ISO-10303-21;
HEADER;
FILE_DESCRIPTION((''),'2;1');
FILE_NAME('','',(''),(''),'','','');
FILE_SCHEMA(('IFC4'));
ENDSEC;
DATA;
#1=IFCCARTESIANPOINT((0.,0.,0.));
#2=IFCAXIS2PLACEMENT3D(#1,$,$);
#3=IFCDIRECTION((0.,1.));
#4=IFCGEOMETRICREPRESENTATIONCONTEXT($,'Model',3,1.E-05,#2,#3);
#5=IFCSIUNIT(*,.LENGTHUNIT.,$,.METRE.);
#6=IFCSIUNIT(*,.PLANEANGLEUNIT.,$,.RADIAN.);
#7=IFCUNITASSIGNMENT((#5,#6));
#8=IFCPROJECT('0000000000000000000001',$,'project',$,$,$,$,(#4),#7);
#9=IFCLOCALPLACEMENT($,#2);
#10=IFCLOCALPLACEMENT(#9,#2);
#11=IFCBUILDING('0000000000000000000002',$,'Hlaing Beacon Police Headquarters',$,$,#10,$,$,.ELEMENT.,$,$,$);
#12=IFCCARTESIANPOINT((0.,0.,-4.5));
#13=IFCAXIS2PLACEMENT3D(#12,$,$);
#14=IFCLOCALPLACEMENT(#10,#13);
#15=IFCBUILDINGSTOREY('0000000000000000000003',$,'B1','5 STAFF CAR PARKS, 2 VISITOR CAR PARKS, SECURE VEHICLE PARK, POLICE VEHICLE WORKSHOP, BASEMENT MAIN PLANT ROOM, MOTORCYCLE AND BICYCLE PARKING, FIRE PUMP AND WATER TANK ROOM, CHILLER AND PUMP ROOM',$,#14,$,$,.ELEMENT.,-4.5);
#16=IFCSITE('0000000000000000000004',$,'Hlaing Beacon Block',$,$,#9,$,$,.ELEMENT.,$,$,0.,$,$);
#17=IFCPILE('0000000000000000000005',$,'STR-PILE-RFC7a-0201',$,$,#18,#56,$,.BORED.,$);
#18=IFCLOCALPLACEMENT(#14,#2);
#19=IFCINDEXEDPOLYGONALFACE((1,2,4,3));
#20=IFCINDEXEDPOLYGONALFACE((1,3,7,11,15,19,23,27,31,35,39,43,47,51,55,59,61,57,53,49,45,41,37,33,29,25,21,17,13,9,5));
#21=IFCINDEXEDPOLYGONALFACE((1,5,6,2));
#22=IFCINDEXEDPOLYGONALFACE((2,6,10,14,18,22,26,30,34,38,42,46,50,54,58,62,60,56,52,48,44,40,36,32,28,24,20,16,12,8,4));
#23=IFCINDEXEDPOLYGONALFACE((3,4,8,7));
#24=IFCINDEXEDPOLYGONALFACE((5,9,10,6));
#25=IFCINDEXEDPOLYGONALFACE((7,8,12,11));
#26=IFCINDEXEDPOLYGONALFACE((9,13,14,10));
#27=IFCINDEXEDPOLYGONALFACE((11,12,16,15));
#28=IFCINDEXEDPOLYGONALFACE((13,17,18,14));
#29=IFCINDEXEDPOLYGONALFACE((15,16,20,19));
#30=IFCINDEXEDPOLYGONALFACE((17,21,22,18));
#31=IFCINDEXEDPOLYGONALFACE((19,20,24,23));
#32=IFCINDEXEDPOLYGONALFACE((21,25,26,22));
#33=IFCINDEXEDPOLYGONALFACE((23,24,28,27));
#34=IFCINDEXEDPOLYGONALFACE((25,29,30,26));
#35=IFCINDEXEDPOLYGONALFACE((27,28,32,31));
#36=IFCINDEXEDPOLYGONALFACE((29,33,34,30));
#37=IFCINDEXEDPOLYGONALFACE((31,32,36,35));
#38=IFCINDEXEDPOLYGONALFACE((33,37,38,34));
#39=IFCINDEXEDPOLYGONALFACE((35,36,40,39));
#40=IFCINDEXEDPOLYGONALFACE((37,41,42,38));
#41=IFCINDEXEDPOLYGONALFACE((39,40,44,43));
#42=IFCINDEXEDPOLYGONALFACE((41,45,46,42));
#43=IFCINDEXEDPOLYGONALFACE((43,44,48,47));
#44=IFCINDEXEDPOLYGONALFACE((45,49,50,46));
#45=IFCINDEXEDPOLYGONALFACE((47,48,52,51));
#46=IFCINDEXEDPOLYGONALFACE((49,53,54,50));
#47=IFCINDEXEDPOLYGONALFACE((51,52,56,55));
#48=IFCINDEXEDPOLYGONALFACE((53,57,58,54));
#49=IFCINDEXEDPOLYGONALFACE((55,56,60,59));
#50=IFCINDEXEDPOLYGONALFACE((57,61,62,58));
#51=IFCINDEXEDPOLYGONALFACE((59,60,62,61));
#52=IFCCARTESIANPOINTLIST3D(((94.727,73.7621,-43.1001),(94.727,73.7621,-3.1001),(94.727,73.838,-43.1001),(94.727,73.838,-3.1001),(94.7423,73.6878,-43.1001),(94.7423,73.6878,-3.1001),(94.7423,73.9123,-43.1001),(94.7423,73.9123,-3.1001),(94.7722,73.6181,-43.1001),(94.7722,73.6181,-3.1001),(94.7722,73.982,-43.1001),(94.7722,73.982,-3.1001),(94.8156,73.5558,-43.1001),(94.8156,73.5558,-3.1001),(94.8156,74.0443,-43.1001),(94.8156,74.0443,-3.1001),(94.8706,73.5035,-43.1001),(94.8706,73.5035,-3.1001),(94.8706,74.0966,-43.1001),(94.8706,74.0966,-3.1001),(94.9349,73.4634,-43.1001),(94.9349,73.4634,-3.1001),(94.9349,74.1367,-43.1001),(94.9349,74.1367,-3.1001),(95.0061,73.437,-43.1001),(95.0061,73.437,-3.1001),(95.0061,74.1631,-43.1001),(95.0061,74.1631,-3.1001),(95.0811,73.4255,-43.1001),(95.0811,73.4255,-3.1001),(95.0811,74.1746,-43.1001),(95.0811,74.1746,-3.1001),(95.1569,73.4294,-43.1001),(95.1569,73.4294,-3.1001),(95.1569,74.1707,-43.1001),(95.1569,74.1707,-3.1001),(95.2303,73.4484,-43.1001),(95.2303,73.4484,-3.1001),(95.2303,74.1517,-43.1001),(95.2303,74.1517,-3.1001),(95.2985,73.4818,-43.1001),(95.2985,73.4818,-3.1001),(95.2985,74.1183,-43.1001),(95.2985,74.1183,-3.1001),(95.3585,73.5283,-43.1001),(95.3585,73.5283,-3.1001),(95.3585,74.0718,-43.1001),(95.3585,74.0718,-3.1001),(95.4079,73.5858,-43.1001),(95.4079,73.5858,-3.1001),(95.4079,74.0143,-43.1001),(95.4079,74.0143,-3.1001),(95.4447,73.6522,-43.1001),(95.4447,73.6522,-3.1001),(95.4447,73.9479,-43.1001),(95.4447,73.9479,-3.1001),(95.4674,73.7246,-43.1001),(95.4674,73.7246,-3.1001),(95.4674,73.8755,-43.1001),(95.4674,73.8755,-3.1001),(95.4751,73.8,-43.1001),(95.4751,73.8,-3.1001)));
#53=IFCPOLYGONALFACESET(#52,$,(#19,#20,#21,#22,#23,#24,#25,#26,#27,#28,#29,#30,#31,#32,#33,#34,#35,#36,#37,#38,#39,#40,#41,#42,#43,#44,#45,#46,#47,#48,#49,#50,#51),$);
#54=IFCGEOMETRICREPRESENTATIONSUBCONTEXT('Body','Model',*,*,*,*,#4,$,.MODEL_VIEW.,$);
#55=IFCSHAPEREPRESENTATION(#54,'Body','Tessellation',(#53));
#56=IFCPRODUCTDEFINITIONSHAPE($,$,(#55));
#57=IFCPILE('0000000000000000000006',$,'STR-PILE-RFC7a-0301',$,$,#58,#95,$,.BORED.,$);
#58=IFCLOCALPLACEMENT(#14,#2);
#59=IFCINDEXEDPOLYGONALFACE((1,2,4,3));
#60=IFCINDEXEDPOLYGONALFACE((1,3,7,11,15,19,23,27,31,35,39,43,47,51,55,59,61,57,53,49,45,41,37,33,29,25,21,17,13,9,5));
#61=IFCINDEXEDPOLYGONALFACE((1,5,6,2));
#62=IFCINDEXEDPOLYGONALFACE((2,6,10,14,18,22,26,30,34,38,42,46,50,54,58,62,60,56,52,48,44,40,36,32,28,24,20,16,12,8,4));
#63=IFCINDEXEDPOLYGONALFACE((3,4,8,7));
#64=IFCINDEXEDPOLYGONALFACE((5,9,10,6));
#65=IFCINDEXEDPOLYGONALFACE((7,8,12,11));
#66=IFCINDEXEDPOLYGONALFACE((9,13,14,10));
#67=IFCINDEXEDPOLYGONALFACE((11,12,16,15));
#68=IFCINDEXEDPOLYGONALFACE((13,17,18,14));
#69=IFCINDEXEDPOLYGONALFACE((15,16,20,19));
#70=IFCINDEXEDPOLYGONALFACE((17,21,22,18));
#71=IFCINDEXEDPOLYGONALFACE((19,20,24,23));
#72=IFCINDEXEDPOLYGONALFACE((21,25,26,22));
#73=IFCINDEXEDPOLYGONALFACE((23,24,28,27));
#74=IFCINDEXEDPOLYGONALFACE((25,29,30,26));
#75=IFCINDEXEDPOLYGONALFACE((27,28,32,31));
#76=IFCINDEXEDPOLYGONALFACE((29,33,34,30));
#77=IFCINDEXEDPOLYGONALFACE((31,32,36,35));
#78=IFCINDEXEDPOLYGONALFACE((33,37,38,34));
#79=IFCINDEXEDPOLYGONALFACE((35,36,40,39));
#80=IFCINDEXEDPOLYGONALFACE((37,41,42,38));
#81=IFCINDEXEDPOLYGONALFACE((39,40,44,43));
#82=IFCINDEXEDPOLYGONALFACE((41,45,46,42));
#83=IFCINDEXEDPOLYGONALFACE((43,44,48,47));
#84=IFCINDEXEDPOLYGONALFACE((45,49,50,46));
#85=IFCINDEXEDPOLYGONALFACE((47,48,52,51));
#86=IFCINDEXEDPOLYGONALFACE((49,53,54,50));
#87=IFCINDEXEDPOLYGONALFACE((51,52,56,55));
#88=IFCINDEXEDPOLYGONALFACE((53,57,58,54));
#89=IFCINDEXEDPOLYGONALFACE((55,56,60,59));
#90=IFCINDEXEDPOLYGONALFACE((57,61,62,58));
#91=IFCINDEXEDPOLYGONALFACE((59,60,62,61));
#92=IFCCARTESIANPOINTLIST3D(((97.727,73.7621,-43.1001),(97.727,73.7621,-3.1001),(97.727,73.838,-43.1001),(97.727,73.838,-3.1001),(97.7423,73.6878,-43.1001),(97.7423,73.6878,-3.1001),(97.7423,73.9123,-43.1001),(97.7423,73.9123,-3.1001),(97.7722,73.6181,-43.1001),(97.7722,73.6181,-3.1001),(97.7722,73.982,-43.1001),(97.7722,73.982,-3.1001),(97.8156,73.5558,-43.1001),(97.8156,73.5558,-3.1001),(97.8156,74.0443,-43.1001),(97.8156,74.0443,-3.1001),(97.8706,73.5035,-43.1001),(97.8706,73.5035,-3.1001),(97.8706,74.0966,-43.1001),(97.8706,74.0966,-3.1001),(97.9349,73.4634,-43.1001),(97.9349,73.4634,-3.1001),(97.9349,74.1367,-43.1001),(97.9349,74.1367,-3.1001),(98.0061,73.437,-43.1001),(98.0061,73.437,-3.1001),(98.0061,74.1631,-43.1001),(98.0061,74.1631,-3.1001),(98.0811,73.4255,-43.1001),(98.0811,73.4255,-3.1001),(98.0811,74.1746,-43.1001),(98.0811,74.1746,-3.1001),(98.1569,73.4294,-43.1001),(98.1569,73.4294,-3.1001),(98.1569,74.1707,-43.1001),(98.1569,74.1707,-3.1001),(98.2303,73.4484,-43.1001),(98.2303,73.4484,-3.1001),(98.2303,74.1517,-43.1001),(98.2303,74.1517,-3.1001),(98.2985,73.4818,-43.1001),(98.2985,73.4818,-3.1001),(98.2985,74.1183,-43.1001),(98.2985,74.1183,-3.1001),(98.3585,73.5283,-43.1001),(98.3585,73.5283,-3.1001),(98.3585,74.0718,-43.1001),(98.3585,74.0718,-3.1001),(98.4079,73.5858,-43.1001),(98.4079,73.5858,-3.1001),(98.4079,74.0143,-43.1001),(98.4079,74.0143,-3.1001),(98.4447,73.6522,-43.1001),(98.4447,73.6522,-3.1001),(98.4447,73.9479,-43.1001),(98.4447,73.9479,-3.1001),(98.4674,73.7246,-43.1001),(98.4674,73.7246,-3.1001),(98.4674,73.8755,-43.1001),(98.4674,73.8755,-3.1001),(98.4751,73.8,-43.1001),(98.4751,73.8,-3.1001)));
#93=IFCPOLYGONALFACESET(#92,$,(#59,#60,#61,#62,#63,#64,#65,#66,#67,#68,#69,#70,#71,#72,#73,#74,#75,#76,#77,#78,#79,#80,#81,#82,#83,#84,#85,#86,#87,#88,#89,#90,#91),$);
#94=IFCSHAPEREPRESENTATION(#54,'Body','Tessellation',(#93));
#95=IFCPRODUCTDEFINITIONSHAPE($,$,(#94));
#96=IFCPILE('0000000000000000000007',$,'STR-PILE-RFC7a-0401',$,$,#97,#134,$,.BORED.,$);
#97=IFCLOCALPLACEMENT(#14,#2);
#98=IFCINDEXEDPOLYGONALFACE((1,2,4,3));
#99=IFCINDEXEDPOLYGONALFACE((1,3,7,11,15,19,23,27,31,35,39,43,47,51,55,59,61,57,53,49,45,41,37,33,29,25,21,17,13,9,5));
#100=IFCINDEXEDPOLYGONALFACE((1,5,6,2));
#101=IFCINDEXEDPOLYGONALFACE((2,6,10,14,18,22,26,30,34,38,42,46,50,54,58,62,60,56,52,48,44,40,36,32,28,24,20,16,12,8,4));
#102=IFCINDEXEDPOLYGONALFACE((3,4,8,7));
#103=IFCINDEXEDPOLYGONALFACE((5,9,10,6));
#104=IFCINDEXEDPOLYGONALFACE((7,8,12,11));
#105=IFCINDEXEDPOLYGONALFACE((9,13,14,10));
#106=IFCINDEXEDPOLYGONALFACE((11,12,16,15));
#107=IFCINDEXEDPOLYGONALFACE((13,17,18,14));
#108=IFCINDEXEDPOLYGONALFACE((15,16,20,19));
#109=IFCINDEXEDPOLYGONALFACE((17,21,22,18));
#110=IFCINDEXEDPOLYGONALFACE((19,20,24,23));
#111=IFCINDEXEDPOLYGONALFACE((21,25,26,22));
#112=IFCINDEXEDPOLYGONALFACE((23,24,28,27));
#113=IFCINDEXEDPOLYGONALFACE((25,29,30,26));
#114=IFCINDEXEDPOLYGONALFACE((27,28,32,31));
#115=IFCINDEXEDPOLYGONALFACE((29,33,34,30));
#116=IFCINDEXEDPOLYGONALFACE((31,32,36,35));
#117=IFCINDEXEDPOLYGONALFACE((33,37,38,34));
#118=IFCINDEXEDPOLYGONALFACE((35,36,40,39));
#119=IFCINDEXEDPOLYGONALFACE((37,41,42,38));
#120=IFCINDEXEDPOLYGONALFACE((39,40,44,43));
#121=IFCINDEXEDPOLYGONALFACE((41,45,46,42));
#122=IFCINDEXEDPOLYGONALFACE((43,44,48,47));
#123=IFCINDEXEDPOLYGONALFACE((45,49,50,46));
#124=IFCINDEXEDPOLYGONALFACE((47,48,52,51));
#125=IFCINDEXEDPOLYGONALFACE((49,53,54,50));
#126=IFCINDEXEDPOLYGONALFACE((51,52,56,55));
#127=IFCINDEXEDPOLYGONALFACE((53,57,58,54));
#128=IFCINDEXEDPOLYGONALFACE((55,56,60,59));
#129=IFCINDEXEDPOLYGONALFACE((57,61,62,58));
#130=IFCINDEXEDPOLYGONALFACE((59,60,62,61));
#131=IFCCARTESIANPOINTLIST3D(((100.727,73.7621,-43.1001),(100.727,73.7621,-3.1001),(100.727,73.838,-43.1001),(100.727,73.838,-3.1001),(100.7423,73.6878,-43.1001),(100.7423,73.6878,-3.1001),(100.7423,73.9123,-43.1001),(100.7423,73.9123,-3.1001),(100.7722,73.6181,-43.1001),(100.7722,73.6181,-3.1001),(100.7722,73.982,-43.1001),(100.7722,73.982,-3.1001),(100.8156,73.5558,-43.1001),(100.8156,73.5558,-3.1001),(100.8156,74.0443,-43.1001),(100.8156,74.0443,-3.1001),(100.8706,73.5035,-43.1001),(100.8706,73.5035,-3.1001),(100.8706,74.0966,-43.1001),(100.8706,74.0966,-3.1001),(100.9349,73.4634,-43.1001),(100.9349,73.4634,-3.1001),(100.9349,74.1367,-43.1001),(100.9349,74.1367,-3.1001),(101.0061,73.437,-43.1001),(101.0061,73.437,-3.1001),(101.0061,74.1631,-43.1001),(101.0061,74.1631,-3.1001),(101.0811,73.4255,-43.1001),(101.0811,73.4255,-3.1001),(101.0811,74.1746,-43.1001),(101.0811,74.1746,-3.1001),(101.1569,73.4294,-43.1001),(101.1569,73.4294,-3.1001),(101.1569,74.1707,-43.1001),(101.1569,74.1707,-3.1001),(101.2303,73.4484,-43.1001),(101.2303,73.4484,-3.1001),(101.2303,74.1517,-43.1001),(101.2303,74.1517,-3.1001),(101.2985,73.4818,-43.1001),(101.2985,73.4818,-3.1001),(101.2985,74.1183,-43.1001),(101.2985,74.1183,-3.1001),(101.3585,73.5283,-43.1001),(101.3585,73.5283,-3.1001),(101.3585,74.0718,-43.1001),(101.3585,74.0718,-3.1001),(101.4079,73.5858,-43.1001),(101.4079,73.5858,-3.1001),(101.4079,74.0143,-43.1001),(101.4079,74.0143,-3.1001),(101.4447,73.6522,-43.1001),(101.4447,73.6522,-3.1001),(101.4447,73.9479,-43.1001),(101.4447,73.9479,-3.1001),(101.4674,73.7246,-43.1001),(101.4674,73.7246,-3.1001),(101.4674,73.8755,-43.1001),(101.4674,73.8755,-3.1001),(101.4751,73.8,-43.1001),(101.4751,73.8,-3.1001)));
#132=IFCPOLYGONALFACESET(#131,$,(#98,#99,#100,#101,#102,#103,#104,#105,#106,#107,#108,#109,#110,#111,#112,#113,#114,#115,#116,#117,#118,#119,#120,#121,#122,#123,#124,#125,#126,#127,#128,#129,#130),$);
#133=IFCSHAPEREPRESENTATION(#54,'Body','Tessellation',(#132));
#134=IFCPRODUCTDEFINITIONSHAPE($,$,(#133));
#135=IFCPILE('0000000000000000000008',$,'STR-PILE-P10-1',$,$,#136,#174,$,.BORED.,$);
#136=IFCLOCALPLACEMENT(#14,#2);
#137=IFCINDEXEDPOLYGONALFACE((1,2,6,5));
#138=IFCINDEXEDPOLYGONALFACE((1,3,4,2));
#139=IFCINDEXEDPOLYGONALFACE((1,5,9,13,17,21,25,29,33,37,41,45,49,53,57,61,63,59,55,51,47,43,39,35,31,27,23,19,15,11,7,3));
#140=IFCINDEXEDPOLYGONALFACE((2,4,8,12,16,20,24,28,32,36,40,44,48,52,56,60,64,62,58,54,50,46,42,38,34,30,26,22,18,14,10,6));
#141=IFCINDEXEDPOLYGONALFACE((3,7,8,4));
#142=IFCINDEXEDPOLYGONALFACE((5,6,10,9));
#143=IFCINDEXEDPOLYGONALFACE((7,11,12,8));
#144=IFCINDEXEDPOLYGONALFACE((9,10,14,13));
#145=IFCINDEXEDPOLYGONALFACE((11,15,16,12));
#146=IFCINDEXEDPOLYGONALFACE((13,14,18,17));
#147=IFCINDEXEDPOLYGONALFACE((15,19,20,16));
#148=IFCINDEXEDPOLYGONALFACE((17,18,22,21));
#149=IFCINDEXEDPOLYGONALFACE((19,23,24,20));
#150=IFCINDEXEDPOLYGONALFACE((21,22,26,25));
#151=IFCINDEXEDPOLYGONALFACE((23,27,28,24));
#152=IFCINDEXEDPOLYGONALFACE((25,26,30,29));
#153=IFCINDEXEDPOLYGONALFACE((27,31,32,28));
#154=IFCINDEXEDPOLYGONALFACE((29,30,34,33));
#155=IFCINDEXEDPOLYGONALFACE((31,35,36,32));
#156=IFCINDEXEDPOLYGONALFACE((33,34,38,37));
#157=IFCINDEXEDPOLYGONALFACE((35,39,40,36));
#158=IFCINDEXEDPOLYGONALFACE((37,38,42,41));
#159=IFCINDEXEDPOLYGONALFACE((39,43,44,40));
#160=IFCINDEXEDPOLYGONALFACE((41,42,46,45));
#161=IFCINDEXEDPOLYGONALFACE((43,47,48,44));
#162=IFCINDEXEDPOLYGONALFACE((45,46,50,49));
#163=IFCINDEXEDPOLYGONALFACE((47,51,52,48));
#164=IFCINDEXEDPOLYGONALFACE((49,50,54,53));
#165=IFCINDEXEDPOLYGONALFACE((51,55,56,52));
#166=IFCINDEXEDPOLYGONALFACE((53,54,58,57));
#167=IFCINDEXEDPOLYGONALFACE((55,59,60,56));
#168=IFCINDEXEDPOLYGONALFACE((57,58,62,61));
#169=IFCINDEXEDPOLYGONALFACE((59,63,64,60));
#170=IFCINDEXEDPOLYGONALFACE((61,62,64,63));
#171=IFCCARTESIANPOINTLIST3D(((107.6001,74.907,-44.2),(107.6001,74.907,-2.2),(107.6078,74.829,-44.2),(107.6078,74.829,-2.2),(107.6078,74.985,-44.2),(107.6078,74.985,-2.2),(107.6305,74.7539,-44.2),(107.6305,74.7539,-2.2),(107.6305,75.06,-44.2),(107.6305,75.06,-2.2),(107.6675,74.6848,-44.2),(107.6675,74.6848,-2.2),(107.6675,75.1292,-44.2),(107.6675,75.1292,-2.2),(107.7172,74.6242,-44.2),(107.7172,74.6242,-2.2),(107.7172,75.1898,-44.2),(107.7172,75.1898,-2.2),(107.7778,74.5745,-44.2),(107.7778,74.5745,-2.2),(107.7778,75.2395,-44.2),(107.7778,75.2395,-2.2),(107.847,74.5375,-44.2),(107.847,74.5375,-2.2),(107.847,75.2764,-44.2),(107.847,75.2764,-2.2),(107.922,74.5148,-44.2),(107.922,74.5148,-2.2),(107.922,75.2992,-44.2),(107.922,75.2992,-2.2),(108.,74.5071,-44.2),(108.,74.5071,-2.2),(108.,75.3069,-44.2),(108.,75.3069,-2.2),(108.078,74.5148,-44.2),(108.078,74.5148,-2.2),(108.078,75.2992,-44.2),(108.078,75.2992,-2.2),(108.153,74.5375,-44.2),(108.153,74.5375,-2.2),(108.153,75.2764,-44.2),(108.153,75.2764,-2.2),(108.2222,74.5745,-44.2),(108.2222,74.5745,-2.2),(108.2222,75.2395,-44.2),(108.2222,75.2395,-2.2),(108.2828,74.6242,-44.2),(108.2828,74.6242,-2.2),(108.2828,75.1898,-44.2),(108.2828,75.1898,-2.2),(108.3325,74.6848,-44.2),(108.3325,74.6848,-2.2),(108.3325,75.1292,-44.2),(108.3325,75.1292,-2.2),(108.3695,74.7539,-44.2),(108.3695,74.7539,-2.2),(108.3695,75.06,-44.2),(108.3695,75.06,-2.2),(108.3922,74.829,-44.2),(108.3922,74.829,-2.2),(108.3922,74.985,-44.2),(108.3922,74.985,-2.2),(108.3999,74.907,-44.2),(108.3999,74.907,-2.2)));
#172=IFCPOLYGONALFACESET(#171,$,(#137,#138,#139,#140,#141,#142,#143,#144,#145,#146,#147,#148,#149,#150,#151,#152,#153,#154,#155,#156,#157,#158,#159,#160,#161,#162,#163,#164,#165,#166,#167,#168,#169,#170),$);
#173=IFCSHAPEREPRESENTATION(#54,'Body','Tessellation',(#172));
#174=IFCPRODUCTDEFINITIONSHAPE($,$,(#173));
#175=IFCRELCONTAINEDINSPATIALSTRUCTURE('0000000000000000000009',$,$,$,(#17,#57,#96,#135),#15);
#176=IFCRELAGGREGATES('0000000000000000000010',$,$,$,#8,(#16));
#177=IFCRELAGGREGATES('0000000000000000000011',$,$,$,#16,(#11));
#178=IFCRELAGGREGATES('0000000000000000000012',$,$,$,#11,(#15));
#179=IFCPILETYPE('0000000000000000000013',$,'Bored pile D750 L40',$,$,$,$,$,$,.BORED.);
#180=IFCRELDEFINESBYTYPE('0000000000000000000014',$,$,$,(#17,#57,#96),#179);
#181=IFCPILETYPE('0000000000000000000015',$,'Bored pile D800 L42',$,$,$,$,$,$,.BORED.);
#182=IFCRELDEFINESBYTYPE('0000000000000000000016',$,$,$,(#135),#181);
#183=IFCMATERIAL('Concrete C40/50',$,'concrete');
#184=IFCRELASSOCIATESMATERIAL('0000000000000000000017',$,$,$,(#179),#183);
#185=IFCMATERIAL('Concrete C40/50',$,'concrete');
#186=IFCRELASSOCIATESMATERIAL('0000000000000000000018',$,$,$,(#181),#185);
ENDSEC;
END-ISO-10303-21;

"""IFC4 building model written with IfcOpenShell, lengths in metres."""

from ifc_helpers import new_model, si_unit, direction, frame, origin, origin_2d, place, context, subcontext, project, spatial, circle, extrude, material, material_profile, profile_set, type_object, element, save


model = new_model("IFC4")

# Units and contexts
model_context = context("Model", 3, precision=1e-05, world=origin(), true_north=direction((0.0, 1.0)))
body_context = subcontext(model_context, "Body", "Model", "MODEL_VIEW")
ifc_project = project(units=[si_unit("LENGTHUNIT", "METRE"), si_unit("PLANEANGLEUNIT", "RADIAN")], contexts=[model_context])

# Site, building, storey
site_placement = place(None, origin())
site = spatial("IfcSite", under=ifc_project, at=site_placement, Name="Hlaing Beacon Block", CompositionType="ELEMENT", RefElevation=0.0)
building_placement = place(site_placement, origin())
building = spatial("IfcBuilding", under=site, at=building_placement, Name="Hlaing Beacon Police Headquarters", CompositionType="ELEMENT")
storey_placement = place(building_placement, frame((0.0, 0.0, -4.5)))
storey = spatial("IfcBuildingStorey", under=building, at=storey_placement, Name="B1", Description="5 STAFF CAR PARKS, 2 VISITOR CAR PARKS, SECURE VEHICLE PARK, POLICE VEHICLE WORKSHOP, BASEMENT MAIN PLANT ROOM, MOTORCYCLE AND BICYCLE PARKING, FIRE PUMP AND WATER TANK ROOM, CHILLER AND PUMP ROOM", CompositionType="ELEMENT", Elevation=-4.5)

# Piles
ifc_material_1 = material(Name="Concrete C40/50", Category="concrete")
ifc_material_profile_1 = material_profile(ifc_material_1, circle(Radius=0.375, at=origin_2d()), Name="D750")
ifc_profile_set_1 = profile_set([ifc_material_profile_1], Name="Concrete C40/50")
pile_type_1 = type_object("IfcPileType", Name="Bored pile D750 L40", PredefinedType="BORED", material=ifc_profile_set_1)
for number, where, z_axis, x_axis, name in (
    (1, (95.1001, 73.8, -3.1001), (0.0, 0.0, -1.0), (1.0, 0.0, 0.0), "STR-PILE-RFC7a-0201"),
    (2, (98.1001, 73.8, -3.1001), (0.0, 0.0, -1.0), (1.0, 0.0, 0.0), "STR-PILE-RFC7a-0301"),
    (3, (101.1001, 73.8, -3.1001), (0.0, 0.0, -1.0), (1.0, 0.0, 0.0), "STR-PILE-RFC7a-0401"),
):
    element("IfcPile", number, at=place(storey_placement, frame(where, z_axis=z_axis, x_axis=x_axis)), inside=storey, type_object=pile_type_1, Name=name, PredefinedType="BORED", context=body_context, shape_type="SweptSolid", body=[
        extrude(circle(Radius=0.375, at=origin_2d()), origin(), (0.0, 0.0, 1.0), 40.0),
    ])
ifc_material_2 = material(Name="Concrete C40/50", Category="concrete")
ifc_material_profile_2 = material_profile(ifc_material_2, circle(Radius=0.3999, at=origin_2d()), Name="D800")
ifc_profile_set_2 = profile_set([ifc_material_profile_2], Name="Concrete C40/50")
pile_type_2 = type_object("IfcPileType", Name="Bored pile D800 L42", PredefinedType="BORED", material=ifc_profile_set_2)
pile_placement = place(storey_placement, frame((108.0, 74.907, -2.2), z_axis=(0.0, 0.0, -1.0), x_axis=(1.0, 0.0, 0.0)))
element("IfcPile", 4, at=pile_placement, inside=storey, type_object=pile_type_2, Name="STR-PILE-P10-1", PredefinedType="BORED", context=body_context, shape_type="SweptSolid", body=[
    extrude(circle(Radius=0.3999, at=origin_2d()), origin(), (0.0, 0.0, 1.0), 42.0),
])

save(model, "model.ifc")
